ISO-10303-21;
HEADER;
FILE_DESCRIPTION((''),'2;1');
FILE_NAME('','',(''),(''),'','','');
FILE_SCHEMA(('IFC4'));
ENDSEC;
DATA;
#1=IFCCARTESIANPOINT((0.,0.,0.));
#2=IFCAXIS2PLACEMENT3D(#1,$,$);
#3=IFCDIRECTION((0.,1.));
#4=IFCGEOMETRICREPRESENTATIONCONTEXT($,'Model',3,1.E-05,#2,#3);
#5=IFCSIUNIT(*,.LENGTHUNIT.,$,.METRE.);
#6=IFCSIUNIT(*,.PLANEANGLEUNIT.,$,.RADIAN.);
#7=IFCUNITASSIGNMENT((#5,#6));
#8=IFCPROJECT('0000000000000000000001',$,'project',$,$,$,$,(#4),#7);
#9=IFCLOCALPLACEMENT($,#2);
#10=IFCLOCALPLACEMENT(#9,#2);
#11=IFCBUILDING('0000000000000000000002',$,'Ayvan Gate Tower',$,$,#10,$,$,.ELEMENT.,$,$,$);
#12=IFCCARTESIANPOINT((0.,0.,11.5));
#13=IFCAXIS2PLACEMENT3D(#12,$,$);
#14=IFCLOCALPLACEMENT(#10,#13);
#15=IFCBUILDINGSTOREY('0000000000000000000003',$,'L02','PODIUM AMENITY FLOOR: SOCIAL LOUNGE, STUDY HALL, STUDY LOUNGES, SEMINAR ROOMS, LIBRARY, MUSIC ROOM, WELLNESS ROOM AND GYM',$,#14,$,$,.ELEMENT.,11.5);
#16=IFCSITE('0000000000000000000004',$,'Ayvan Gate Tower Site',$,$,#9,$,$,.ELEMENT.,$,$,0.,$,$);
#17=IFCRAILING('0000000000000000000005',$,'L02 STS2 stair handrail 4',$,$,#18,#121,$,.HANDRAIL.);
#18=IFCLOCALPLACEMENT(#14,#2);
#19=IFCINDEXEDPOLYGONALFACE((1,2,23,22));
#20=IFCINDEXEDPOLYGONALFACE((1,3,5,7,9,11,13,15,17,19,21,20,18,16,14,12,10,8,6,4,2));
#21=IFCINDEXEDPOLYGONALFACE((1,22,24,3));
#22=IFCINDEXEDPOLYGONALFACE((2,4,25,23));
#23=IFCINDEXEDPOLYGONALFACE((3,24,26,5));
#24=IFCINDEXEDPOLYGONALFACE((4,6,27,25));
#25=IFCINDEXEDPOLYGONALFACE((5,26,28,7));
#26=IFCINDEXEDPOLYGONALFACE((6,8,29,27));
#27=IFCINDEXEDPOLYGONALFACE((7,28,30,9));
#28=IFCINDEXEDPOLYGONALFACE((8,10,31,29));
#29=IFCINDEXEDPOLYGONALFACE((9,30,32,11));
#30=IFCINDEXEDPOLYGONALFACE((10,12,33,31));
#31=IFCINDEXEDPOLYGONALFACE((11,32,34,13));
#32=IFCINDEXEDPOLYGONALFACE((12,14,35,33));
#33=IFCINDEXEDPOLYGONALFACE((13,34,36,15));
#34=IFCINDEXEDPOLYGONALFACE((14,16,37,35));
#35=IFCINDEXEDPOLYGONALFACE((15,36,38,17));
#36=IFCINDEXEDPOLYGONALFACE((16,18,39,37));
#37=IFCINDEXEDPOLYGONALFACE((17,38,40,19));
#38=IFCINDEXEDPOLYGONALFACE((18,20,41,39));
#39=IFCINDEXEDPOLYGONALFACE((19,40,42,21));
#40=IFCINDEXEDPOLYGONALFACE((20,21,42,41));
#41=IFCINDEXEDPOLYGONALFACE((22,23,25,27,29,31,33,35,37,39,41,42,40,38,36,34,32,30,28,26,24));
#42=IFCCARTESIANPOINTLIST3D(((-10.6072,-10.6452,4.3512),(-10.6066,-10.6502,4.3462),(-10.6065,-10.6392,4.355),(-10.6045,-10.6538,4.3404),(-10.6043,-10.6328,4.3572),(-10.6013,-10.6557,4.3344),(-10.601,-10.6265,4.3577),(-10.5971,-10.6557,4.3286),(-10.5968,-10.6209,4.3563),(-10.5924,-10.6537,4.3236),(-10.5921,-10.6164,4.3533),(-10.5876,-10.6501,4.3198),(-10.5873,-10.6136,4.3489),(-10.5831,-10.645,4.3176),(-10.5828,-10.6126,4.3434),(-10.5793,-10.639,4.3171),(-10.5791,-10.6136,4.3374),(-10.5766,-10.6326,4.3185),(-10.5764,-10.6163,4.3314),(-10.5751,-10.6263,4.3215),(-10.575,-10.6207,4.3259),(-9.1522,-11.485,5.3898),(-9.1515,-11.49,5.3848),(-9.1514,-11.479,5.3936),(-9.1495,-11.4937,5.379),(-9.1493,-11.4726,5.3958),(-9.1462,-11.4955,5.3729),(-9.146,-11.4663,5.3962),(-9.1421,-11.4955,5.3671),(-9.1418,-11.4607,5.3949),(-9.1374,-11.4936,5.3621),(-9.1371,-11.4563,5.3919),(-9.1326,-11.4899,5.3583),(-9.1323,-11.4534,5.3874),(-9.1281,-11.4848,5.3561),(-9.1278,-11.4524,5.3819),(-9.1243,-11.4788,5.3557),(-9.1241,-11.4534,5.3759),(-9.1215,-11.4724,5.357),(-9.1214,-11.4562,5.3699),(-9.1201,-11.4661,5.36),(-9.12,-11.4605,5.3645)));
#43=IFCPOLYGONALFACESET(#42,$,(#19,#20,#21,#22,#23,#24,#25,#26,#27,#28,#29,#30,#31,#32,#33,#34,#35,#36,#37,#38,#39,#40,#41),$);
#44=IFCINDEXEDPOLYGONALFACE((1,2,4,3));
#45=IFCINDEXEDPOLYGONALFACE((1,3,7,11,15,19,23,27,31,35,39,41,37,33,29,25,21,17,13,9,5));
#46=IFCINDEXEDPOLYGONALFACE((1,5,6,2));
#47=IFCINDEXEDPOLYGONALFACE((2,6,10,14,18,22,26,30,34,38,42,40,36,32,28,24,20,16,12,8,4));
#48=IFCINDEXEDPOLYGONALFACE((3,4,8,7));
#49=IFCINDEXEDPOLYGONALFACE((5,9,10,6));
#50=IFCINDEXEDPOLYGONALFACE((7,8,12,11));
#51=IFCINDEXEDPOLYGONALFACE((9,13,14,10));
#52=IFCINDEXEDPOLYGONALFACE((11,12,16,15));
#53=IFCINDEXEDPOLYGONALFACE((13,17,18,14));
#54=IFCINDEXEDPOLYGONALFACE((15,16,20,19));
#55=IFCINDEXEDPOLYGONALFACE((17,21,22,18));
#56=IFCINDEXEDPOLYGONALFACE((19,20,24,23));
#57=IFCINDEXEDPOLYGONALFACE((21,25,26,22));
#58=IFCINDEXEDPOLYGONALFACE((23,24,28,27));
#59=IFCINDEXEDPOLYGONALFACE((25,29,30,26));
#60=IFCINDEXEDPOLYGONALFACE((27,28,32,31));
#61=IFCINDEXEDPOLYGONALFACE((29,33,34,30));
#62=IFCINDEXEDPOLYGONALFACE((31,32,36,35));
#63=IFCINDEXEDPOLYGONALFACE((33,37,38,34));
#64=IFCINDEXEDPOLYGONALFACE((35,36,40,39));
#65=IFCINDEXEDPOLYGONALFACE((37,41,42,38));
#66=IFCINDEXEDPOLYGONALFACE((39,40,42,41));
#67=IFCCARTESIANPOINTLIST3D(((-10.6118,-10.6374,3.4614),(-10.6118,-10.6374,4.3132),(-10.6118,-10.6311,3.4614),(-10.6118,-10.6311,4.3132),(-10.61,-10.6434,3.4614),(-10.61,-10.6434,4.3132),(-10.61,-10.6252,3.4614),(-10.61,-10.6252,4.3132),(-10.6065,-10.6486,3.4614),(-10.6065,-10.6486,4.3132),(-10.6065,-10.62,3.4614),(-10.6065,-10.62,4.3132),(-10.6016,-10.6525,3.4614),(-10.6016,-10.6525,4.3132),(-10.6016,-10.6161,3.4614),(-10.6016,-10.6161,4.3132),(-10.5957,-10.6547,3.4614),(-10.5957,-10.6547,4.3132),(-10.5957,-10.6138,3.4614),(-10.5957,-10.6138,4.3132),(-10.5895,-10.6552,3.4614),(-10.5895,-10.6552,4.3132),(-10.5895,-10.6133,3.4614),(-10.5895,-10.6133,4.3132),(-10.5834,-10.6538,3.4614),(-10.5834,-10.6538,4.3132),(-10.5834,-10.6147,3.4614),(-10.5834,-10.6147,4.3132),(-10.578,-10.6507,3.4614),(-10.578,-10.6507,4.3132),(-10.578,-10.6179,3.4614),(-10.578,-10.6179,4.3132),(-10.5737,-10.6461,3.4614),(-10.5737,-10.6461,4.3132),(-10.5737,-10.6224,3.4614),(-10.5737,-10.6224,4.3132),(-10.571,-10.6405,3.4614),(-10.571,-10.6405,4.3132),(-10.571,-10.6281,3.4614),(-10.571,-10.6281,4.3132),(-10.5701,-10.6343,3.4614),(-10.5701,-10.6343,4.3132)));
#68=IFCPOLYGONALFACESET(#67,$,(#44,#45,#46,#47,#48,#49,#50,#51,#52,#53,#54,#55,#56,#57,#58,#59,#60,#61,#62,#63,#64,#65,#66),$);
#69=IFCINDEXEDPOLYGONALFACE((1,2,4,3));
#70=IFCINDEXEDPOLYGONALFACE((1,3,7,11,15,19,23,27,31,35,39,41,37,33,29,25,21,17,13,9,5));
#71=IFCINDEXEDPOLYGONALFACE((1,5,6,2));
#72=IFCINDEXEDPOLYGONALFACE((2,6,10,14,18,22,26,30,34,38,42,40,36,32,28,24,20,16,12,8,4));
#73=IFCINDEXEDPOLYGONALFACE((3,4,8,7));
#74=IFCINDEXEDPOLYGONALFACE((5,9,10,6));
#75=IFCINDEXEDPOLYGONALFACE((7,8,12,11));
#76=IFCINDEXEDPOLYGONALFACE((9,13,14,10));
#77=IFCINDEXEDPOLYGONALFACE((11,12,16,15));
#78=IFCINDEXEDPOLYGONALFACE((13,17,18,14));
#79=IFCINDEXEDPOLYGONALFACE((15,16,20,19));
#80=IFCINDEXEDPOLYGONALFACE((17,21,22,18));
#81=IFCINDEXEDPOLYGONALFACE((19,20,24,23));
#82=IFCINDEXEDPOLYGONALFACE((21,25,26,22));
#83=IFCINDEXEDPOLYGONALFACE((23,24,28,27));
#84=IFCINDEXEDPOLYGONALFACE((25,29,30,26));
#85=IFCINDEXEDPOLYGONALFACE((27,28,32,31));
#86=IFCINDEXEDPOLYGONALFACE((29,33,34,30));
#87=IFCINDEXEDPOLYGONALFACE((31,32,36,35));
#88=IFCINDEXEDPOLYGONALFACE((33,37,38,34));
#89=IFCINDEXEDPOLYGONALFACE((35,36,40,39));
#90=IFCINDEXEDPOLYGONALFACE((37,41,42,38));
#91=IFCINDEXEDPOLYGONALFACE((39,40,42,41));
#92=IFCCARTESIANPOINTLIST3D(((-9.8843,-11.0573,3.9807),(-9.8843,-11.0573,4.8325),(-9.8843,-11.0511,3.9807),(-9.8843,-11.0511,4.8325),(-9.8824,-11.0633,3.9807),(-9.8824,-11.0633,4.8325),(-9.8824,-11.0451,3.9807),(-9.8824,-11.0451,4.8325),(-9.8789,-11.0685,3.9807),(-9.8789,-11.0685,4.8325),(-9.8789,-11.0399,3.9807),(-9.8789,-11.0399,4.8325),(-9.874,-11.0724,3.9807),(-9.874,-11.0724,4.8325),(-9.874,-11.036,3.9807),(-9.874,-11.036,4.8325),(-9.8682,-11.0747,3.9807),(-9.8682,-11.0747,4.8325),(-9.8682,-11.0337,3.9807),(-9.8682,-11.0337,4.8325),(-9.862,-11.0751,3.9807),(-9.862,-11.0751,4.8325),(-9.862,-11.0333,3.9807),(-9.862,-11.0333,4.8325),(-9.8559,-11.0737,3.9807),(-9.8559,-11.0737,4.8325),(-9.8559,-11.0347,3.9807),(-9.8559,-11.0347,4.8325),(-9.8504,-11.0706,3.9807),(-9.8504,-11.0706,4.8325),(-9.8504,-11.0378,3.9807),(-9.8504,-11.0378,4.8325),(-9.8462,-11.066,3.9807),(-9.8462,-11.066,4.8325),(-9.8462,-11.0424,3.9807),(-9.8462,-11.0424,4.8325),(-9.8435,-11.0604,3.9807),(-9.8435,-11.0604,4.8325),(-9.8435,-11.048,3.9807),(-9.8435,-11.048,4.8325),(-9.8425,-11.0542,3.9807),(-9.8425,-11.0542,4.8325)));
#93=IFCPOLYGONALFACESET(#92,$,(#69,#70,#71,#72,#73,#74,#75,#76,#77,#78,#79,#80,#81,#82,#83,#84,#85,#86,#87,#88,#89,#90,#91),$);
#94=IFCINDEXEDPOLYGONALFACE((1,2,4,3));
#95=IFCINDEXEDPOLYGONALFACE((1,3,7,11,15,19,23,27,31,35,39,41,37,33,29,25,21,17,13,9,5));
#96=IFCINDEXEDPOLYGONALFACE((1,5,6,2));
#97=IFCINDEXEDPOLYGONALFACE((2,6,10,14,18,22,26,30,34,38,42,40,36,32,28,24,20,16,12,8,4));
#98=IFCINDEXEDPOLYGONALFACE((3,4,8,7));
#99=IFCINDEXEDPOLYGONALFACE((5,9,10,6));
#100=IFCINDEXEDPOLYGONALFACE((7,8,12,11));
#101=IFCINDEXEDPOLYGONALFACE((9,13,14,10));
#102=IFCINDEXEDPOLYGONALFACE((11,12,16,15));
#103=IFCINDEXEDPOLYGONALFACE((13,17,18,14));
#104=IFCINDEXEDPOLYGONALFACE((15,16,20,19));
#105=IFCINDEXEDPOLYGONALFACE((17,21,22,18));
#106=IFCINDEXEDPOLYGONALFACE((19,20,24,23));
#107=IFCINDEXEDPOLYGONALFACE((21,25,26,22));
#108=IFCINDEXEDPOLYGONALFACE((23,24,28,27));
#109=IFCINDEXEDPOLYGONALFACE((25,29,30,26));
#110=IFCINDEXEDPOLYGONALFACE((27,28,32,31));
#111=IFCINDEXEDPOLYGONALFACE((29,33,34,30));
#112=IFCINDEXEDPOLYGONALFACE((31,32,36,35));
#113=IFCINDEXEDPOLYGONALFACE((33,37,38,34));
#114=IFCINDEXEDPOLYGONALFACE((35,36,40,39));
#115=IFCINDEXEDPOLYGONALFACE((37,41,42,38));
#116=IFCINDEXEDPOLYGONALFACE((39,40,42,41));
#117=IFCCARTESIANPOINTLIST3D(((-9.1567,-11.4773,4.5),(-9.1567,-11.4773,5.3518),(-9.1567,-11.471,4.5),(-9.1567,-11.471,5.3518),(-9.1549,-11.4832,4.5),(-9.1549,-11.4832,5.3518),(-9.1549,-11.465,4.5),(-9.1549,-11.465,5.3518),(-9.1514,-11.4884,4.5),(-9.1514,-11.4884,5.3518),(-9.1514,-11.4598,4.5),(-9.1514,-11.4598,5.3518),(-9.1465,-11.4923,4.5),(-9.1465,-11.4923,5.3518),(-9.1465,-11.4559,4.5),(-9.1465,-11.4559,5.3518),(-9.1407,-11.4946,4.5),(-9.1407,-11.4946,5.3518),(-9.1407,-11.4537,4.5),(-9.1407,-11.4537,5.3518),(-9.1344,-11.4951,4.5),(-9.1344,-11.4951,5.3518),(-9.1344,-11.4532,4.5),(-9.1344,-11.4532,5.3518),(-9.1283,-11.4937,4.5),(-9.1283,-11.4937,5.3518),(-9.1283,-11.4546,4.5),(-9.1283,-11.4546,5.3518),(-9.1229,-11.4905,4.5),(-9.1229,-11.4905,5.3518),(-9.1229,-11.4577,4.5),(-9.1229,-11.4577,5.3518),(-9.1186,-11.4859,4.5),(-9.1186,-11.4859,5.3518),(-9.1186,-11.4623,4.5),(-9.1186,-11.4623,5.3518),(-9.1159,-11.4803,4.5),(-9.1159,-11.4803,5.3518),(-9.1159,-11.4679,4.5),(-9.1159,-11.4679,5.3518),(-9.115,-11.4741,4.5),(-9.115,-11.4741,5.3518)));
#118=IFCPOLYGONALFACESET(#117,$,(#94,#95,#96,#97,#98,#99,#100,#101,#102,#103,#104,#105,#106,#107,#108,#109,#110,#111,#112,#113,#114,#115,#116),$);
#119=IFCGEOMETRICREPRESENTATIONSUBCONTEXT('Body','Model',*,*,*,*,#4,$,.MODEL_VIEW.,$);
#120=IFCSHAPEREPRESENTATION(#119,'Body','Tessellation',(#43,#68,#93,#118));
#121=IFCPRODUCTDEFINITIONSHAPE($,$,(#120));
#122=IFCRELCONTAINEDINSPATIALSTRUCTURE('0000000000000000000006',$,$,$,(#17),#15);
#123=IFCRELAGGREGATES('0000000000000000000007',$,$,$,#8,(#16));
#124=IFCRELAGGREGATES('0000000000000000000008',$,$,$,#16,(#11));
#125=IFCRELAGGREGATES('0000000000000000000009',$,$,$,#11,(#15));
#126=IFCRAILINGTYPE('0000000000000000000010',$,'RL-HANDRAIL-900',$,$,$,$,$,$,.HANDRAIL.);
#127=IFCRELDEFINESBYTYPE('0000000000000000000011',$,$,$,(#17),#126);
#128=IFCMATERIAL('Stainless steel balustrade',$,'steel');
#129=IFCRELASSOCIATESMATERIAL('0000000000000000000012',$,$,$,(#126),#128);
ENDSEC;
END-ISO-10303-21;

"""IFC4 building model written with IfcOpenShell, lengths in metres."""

from ifc_helpers import new_model, si_unit, direction, frame, origin, origin_2d, place, context, subcontext, project, spatial, circle, extrude, material, type_object, element, save


model = new_model("IFC4")

# Units and contexts
model_context = context("Model", 3, precision=1e-05, world=origin(), true_north=direction((0.0, 1.0)))
body_context = subcontext(model_context, "Body", "Model", "MODEL_VIEW")
ifc_project = project(units=[si_unit("LENGTHUNIT", "METRE"), si_unit("PLANEANGLEUNIT", "RADIAN")], contexts=[model_context])

# Site, building, storey
site_placement = place(None, origin())
site = spatial("IfcSite", under=ifc_project, at=site_placement, Name="Ayvan Gate Tower Site", CompositionType="ELEMENT", RefElevation=0.0)
building_placement = place(site_placement, origin())
building = spatial("IfcBuilding", under=site, at=building_placement, Name="Ayvan Gate Tower", CompositionType="ELEMENT")
storey_placement = place(building_placement, frame((0.0, 0.0, 11.5)))
storey = spatial("IfcBuildingStorey", under=building, at=storey_placement, Name="L02", Description="PODIUM AMENITY FLOOR: SOCIAL LOUNGE, STUDY HALL, STUDY LOUNGES, SEMINAR ROOMS, LIBRARY, MUSIC ROOM, WELLNESS ROOM AND GYM", CompositionType="ELEMENT", Elevation=11.5)

# Railing
ifc_material_1 = material(Name="Stainless steel balustrade", Category="steel")
railing_type_1 = type_object("IfcRailingType", Name="RL-HANDRAIL-900", PredefinedType="HANDRAIL", material=ifc_material_1)
railing_1_placement = place(storey_placement, frame((-10.5911, -10.6343, 3.4614)))
element("IfcRailing", 1, at=railing_1_placement, inside=storey, type_object=railing_type_1, Name="L02 STS2 stair handrail 4", PredefinedType="HANDRAIL", context=body_context, shape_type="SweptSolid", body=[
    extrude(circle(Radius=0.0239, at=origin_2d()), frame((0.0, 0.0, 0.876), z_axis=(0.736692, -0.425205, 0.52582), x_axis=(0.49989, 0.866089, 0.0)), (0.0, 0.0, 1.0), 1.9751),
    extrude(circle(Radius=0.021, at=origin_2d()), origin(), (0.0, 0.0, 1.0), 0.8518),
    extrude(circle(Radius=0.021, at=origin_2d()), frame((0.7275, -0.4199, 0.5193)), (0.0, 0.0, 1.0), 0.8518),
    extrude(circle(Radius=0.021, at=origin_2d()), frame((1.4551, -0.8398, 1.0386)), (0.0, 0.0, 1.0), 0.8518),
])

save(model, "model.ifc")
